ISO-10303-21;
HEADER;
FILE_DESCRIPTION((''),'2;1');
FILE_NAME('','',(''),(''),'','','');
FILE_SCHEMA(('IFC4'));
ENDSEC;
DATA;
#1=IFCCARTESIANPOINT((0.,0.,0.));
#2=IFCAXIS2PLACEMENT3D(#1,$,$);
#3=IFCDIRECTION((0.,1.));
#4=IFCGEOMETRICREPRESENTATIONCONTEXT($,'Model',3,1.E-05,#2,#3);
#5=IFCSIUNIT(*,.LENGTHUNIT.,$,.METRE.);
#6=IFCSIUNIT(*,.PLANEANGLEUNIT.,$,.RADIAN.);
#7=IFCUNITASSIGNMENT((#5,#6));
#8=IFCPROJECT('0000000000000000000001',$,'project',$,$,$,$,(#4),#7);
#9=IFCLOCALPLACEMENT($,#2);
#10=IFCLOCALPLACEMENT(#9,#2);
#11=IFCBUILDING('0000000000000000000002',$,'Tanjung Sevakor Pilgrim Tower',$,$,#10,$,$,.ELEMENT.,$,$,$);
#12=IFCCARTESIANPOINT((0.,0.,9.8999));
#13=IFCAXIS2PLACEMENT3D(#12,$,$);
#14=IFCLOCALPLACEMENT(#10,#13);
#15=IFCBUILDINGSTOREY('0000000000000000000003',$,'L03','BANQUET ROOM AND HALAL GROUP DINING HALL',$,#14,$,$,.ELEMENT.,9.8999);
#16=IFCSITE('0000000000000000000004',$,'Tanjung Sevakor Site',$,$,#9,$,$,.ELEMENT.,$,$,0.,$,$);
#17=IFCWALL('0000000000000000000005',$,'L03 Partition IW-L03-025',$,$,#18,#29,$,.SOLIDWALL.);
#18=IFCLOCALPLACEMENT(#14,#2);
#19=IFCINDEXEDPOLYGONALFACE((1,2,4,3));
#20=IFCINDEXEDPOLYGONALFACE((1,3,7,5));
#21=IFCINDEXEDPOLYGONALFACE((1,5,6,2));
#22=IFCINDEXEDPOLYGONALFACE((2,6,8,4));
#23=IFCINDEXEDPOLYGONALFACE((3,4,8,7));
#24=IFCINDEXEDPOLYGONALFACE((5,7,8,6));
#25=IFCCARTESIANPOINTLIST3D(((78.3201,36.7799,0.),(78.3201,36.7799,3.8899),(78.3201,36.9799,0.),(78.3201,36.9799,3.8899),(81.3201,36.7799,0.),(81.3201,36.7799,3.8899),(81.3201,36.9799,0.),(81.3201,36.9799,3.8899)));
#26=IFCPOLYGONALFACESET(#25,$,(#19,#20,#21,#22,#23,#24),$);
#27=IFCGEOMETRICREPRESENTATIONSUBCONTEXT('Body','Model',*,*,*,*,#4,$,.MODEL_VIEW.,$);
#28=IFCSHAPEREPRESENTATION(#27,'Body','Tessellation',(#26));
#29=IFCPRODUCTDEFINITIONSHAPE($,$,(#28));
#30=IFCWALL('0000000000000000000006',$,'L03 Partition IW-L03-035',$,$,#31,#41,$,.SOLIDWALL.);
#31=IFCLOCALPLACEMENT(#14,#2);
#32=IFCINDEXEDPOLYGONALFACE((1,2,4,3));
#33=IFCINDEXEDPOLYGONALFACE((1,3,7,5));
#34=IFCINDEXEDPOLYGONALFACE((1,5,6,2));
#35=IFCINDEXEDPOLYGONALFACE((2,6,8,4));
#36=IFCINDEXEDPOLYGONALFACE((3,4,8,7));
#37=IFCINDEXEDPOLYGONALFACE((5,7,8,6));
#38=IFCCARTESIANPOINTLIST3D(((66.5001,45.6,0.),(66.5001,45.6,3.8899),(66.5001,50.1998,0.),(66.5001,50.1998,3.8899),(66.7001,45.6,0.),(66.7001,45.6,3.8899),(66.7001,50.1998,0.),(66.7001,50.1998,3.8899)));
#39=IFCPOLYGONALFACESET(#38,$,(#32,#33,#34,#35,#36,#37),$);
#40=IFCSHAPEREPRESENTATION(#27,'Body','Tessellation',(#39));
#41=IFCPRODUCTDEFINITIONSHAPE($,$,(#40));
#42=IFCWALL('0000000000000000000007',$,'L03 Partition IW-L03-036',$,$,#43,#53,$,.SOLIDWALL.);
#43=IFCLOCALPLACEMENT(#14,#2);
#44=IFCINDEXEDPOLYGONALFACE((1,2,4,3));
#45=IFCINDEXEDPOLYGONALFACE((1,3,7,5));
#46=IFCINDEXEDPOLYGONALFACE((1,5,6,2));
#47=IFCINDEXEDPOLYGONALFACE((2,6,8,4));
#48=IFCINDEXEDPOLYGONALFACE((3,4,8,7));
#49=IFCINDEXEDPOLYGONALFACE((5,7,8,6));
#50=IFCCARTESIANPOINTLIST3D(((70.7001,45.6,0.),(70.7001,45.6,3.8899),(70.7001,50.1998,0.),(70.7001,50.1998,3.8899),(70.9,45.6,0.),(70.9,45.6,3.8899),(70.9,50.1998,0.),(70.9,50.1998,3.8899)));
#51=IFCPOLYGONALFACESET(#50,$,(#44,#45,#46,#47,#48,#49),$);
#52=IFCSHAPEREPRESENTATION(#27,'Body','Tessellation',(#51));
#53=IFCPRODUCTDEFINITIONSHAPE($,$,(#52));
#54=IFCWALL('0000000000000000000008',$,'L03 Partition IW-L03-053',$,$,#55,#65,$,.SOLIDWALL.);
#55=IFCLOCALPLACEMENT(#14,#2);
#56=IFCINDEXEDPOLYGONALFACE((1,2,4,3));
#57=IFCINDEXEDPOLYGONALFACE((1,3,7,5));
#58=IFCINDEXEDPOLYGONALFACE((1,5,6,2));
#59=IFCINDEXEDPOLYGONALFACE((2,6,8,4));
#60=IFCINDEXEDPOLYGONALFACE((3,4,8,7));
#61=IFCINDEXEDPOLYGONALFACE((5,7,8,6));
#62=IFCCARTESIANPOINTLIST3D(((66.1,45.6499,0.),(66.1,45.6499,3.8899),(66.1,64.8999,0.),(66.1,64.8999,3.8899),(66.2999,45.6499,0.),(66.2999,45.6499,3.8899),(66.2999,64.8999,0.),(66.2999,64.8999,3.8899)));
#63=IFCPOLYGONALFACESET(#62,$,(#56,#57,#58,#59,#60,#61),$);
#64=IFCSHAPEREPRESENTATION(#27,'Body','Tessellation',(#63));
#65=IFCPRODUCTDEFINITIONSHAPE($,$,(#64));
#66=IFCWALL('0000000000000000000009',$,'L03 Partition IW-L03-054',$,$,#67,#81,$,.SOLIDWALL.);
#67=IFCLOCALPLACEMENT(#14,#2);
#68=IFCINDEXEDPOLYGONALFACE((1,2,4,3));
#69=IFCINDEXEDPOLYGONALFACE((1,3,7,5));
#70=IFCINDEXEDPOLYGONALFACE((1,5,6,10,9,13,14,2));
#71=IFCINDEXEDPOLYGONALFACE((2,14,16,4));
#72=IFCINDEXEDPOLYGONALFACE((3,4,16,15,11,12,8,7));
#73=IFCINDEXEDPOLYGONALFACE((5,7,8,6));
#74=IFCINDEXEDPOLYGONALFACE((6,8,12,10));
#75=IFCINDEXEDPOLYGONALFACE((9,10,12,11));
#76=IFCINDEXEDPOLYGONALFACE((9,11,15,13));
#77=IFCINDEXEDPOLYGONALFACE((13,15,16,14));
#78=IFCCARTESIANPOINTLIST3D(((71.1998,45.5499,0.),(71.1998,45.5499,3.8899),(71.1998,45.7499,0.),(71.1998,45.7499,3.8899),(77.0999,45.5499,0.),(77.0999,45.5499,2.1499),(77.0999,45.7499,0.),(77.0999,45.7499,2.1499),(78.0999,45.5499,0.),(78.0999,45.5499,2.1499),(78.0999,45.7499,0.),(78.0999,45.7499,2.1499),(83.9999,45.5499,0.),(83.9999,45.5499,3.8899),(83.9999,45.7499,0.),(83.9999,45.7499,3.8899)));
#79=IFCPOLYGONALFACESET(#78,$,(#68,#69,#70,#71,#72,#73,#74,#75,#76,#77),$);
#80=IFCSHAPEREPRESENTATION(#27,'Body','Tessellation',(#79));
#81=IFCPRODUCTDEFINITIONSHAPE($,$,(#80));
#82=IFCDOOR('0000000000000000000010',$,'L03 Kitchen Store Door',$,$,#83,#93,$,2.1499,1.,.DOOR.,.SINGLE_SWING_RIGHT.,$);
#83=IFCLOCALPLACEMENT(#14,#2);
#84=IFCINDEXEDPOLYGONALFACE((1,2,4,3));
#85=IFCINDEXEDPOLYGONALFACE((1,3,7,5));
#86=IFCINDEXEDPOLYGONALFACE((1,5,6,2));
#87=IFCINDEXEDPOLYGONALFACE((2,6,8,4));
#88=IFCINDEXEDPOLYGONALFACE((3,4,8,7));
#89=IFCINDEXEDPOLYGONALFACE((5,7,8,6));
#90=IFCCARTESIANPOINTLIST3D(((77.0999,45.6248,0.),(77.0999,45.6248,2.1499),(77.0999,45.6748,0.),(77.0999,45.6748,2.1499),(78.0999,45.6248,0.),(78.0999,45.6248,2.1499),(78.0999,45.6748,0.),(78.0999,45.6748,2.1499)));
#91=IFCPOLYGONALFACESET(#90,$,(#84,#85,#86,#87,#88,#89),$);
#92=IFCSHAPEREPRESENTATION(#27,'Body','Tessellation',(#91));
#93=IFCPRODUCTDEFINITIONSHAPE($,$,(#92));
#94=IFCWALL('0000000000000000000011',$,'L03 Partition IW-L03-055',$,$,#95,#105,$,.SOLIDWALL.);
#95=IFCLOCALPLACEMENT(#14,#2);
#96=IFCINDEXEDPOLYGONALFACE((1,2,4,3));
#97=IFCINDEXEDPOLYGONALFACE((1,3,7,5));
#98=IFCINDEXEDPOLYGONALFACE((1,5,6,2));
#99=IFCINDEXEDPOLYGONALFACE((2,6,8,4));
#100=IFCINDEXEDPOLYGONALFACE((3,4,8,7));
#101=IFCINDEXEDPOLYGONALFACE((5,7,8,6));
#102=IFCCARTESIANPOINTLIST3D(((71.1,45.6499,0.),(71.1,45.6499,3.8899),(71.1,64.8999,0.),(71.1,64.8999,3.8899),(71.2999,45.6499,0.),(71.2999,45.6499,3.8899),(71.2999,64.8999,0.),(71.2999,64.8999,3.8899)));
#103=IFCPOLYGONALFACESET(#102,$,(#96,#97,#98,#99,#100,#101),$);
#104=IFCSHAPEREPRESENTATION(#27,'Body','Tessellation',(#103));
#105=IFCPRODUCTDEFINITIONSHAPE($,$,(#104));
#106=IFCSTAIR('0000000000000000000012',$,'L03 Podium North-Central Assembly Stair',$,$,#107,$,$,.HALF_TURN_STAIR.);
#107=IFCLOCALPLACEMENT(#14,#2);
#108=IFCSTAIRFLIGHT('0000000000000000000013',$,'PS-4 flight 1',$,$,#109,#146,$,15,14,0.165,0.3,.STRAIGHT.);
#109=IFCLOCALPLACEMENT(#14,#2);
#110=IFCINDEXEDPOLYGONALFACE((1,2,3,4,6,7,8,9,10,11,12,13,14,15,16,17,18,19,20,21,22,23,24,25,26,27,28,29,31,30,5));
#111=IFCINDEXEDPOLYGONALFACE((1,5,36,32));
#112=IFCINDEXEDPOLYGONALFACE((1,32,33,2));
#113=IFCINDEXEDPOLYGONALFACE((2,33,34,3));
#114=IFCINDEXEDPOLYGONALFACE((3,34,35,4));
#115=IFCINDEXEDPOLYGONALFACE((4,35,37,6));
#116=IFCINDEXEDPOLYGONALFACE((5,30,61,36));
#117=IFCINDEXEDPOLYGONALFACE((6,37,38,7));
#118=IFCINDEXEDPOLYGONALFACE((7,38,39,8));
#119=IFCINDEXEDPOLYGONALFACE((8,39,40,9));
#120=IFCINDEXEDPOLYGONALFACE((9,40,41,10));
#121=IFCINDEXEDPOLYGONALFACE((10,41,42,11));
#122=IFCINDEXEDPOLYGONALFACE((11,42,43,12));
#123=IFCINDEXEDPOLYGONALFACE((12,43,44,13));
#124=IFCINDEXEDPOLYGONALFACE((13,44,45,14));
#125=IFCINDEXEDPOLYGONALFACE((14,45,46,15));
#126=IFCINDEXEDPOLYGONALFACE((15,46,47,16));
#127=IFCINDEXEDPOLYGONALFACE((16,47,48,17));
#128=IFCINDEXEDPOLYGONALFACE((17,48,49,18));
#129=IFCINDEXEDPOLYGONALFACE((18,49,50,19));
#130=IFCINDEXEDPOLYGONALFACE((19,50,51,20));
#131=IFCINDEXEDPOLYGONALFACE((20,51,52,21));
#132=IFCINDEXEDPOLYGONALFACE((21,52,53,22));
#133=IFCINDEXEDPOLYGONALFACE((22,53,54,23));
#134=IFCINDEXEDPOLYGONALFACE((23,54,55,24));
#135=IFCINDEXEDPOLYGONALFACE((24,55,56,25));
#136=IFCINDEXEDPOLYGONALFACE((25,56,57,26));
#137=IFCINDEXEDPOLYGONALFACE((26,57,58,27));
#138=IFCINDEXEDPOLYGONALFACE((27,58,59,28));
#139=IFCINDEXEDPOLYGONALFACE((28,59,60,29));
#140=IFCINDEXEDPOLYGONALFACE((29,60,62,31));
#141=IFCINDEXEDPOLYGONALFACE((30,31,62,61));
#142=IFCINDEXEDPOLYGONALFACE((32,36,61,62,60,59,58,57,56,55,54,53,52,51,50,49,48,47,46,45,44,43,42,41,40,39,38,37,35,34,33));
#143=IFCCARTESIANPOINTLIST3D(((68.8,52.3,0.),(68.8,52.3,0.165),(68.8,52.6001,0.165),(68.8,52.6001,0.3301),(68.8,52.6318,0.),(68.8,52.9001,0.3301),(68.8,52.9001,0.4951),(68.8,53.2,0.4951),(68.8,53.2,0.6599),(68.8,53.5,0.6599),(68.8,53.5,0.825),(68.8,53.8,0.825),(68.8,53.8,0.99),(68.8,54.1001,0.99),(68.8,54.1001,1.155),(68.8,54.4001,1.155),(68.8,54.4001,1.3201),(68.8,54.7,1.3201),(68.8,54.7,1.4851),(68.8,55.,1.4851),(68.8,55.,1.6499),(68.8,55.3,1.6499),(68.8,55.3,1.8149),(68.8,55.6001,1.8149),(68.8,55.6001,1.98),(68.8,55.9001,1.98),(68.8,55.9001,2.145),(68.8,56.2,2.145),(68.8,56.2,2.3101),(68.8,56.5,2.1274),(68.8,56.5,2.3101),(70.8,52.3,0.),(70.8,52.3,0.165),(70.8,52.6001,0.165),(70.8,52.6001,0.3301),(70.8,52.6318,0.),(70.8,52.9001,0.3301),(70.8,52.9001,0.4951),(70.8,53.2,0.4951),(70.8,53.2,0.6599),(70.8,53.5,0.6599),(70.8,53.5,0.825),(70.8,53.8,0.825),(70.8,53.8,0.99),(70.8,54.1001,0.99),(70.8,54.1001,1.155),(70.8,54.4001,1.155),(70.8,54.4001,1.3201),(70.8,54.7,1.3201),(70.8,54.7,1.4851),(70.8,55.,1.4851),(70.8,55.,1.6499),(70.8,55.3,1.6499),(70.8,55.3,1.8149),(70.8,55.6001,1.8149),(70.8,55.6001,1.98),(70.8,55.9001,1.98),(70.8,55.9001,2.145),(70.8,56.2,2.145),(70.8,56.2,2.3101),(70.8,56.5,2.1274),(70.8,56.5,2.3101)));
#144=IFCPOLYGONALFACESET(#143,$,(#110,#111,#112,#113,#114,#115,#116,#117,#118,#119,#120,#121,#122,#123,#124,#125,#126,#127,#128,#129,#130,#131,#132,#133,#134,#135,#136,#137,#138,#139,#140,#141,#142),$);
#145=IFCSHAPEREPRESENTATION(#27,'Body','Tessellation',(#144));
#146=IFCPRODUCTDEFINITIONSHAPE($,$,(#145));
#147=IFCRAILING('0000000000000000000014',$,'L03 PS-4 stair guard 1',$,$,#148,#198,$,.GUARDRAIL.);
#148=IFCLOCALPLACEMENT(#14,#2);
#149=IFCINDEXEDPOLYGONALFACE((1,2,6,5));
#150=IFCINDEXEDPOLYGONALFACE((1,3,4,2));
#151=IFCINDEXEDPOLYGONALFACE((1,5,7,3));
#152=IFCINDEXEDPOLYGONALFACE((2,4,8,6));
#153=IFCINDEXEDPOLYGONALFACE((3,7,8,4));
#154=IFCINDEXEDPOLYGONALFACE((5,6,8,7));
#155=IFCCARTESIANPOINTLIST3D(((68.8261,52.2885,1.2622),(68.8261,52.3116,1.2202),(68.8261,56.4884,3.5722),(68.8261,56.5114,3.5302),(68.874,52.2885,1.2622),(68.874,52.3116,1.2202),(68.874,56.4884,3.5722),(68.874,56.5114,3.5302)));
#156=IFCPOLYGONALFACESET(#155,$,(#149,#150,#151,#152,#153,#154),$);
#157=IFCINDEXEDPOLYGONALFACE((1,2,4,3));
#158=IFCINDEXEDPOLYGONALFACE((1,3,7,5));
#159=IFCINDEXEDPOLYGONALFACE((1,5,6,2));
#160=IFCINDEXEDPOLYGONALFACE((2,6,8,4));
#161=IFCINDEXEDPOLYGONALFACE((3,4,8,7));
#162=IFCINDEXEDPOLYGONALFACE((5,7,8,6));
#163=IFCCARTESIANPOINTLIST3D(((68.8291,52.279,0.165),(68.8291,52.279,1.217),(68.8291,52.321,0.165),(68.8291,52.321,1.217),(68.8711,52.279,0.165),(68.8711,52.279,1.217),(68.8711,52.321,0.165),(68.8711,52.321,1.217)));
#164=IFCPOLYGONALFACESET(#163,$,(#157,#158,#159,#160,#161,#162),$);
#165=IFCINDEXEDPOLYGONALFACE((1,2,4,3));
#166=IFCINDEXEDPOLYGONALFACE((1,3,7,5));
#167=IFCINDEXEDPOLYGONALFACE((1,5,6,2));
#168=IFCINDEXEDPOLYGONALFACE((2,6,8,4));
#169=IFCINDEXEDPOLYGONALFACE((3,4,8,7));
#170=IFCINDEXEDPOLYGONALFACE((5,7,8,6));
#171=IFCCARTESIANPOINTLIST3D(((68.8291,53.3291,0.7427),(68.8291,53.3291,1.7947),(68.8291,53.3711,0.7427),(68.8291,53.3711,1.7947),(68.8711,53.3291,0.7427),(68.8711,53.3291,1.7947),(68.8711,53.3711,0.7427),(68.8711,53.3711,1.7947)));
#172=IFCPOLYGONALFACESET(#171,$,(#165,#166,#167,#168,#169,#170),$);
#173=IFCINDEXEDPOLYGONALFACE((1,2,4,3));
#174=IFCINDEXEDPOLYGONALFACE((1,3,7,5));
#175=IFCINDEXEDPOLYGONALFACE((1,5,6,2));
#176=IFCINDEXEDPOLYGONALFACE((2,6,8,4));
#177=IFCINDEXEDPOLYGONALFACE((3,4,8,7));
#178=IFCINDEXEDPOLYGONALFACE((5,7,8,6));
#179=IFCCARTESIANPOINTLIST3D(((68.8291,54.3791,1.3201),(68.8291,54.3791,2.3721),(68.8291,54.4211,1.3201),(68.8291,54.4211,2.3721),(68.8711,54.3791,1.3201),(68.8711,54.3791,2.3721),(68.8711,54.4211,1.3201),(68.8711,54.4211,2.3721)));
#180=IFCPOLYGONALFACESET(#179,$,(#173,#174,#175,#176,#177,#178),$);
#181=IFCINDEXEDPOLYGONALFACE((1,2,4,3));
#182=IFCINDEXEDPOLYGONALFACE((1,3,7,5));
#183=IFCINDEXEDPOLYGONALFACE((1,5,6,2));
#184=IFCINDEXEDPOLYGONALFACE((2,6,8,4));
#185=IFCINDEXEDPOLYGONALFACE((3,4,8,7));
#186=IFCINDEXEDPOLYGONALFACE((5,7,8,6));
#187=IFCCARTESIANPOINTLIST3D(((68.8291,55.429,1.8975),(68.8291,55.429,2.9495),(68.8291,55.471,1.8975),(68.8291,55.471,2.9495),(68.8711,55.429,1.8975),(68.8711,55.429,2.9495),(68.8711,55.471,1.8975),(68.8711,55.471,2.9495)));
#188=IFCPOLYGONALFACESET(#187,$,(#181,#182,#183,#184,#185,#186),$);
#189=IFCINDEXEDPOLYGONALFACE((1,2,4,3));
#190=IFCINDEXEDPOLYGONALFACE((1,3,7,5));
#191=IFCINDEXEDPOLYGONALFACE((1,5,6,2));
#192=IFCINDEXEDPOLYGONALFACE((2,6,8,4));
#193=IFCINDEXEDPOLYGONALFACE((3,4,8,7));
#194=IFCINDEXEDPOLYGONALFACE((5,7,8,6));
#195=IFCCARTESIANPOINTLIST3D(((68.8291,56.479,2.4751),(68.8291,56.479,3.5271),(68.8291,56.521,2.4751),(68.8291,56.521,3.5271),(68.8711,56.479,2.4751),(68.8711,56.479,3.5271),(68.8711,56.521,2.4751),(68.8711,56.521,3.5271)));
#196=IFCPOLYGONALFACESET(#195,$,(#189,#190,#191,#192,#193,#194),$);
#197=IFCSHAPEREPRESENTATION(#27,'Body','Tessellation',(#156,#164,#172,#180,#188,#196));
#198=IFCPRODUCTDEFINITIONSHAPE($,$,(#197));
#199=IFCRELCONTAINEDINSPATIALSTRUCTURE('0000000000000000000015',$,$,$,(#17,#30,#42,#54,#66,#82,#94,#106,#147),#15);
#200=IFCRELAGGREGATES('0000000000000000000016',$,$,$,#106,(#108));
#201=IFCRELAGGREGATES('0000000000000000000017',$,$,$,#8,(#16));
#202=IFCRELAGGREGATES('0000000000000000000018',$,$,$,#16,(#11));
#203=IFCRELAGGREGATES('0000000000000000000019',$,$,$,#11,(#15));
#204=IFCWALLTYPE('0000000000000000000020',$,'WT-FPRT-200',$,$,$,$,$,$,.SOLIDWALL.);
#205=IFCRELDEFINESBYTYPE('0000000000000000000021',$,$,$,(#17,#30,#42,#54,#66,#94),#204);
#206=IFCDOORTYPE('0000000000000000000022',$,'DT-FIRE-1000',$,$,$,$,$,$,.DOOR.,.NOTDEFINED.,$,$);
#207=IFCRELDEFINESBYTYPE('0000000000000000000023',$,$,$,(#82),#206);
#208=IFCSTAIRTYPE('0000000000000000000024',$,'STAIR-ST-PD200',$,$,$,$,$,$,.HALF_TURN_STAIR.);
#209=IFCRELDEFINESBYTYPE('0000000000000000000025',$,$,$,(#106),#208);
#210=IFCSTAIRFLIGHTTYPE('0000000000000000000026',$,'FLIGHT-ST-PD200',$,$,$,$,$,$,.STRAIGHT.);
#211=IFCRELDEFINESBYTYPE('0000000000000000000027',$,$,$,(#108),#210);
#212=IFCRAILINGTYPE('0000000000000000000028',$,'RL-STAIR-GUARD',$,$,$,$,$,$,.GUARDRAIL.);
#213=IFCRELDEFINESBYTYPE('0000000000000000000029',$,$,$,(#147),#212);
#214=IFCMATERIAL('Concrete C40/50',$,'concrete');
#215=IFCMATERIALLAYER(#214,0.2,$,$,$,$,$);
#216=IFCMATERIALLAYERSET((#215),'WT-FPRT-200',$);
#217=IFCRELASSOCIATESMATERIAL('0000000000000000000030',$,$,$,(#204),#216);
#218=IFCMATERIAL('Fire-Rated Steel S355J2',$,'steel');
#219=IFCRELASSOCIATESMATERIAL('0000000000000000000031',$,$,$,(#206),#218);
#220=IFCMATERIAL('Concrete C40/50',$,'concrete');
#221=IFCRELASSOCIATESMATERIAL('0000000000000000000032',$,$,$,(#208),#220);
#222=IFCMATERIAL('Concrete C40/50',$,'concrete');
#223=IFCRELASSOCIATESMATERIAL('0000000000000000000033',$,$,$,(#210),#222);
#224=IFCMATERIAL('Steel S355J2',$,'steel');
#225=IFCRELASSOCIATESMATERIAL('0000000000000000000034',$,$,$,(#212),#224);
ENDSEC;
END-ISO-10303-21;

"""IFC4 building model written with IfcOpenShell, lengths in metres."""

from ifc_helpers import new_model, si_unit, direction, frame, frame_2d, origin, place, context, subcontext, project, spatial, polyline, rectangle, outline, extrude, material, layer, layer_set, type_object, element, fill, aggregate, save


model = new_model("IFC4")

# Units and contexts
model_context = context("Model", 3, precision=1e-05, world=origin(), true_north=direction((0.0, 1.0)))
body_context = subcontext(model_context, "Body", "Model", "MODEL_VIEW")
ifc_project = project(units=[si_unit("LENGTHUNIT", "METRE"), si_unit("PLANEANGLEUNIT", "RADIAN")], contexts=[model_context])

# Site, building, storey
site_placement = place(None, origin())
site = spatial("IfcSite", under=ifc_project, at=site_placement, Name="Tanjung Sevakor Site", CompositionType="ELEMENT", RefElevation=0.0)
building_placement = place(site_placement, origin())
building = spatial("IfcBuilding", under=site, at=building_placement, Name="Tanjung Sevakor Pilgrim Tower", CompositionType="ELEMENT")
storey_placement = place(building_placement, frame((0.0, 0.0, 9.8999)))
storey = spatial("IfcBuildingStorey", under=building, at=storey_placement, Name="L03", Description="BANQUET ROOM AND HALAL GROUP DINING HALL", CompositionType="ELEMENT", Elevation=9.8999)

# Walls
ifc_material_1 = material(Name="Concrete C40/50", Category="concrete")
ifc_layer_1 = layer(ifc_material_1, 0.2)
ifc_layer_set_1 = layer_set([ifc_layer_1], Name="WT-FPRT-200")
wall_type_1 = type_object("IfcWallType", Name="WT-FPRT-200", PredefinedType="SOLIDWALL", material=ifc_layer_set_1)
wall_1_placement = place(storey_placement, frame((78.3201, 36.8799, 0.0), z_axis=(0.0, 0.0, 1.0), x_axis=(1.0, 0.0, 0.0)))
element("IfcWall", 1, at=wall_1_placement, inside=storey, type_object=wall_type_1, Name="L03 Partition IW-L03-025", PredefinedType="SOLIDWALL", context=body_context, shape_type="SweptSolid", body=[
    extrude(rectangle(XDim=3.0, YDim=0.2, at=frame_2d((1.5, 0.0))), origin(), (0.0, 0.0, 1.0), 3.8899),
])
for number, where, z_axis, x_axis, name in (
    (2, (66.6001, 45.6001, 0.0), (0.0, 0.0, 1.0), (0.0, 1.0, 0.0), "L03 Partition IW-L03-035"),
    (3, (70.8, 45.6001, 0.0), (0.0, 0.0, 1.0), (0.0, 1.0, 0.0), "L03 Partition IW-L03-036"),
):
    element("IfcWall", number, at=place(storey_placement, frame(where, z_axis=z_axis, x_axis=x_axis)), inside=storey, type_object=wall_type_1, Name=name, PredefinedType="SOLIDWALL", context=body_context, shape_type="SweptSolid", body=[
        extrude(rectangle(XDim=4.5999, YDim=0.2, at=frame_2d((2.2998, 0.0))), origin(), (0.0, 0.0, 1.0), 3.8899),
    ])
wall_2_placement = place(storey_placement, frame((66.2, 45.6499, 0.0), z_axis=(0.0, 0.0, 1.0), x_axis=(0.0, 1.0, 0.0)))
element("IfcWall", 4, at=wall_2_placement, inside=storey, type_object=wall_type_1, Name="L03 Partition IW-L03-053", PredefinedType="SOLIDWALL", context=body_context, shape_type="SweptSolid", body=[
    extrude(rectangle(XDim=19.25, YDim=0.2, at=frame_2d((9.625, 0.0))), origin(), (0.0, 0.0, 1.0), 3.8899),
])

# Wall, opening, door
wall_3_placement = place(storey_placement, frame((71.2, 45.6499, 0.0), z_axis=(0.0, 0.0, 1.0), x_axis=(1.0, 0.0, 0.0)))
wall_3 = element("IfcWall", 5, at=wall_3_placement, inside=storey, type_object=wall_type_1, Name="L03 Partition IW-L03-054", PredefinedType="SOLIDWALL", context=body_context, shape_type="SweptSolid", body=[
    extrude(rectangle(XDim=12.8, YDim=0.2, at=frame_2d((6.3999, 0.0))), origin(), (0.0, 0.0, 1.0), 3.8899),
])
opening_1_placement = place(wall_3_placement, frame((5.8999, 0.0, 0.0)))
opening_1 = element("IfcOpeningElement", 6, at=opening_1_placement, cuts=wall_3, PredefinedType="OPENING", context=body_context, shape_type="SweptSolid", body=[
    extrude(rectangle(XDim=1.0, YDim=2.1499, at=frame_2d((0.5, 1.075))), frame((0.0, 0.1099, 0.0), z_axis=(0.0, -1.0, 0.0), x_axis=(1.0, 0.0, 0.0)), (0.0, 0.0, 1.0), 0.22),
])
ifc_material_2 = material(Name="Fire-Rated Steel S355J2", Category="steel")
door_type_1 = type_object("IfcDoorType", Name="DT-FIRE-1000", OperationType="NOTDEFINED", PredefinedType="DOOR", material=ifc_material_2)
door_1_placement = place(opening_1_placement, origin())
door_1 = element("IfcDoor", 7, at=door_1_placement, inside=storey, type_object=door_type_1, Name="L03 Kitchen Store Door", OperationType="SINGLE_SWING_RIGHT", OverallHeight=2.1499, OverallWidth=1.0, PredefinedType="DOOR", context=body_context, shape_type="SweptSolid", body=[
    extrude(rectangle(XDim=1.0, YDim=2.1499, at=frame_2d((0.5, 1.075))), frame((0.0, 0.0249, 0.0), z_axis=(0.0, -1.0, 0.0), x_axis=(1.0, 0.0, 0.0)), (0.0, 0.0, 1.0), 0.05),
])
fill(opening_1, door_1)

# Wall
wall_4_placement = place(storey_placement, frame((71.2, 45.6499, 0.0), z_axis=(0.0, 0.0, 1.0), x_axis=(0.0, 1.0, 0.0)))
element("IfcWall", 8, at=wall_4_placement, inside=storey, type_object=wall_type_1, Name="L03 Partition IW-L03-055", PredefinedType="SOLIDWALL", context=body_context, shape_type="SweptSolid", body=[
    extrude(rectangle(XDim=19.25, YDim=0.2, at=frame_2d((9.625, 0.0))), origin(), (0.0, 0.0, 1.0), 3.8899),
])

# Stair, stair flight
ifc_material_3 = material(Name="Concrete C40/50", Category="concrete")
stair_type = type_object("IfcStairType", Name="STAIR-ST-PD200", PredefinedType="HALF_TURN_STAIR", material=ifc_material_3)
stair_placement = place(storey_placement, origin())
stair = element("IfcStair", 9, at=stair_placement, inside=storey, type_object=stair_type, Name="L03 Podium North-Central Assembly Stair", PredefinedType="HALF_TURN_STAIR")
ifc_material_4 = material(Name="Concrete C40/50", Category="concrete")
stair_flight_type = type_object("IfcStairFlightType", Name="FLIGHT-ST-PD200", PredefinedType="STRAIGHT", material=ifc_material_4)
stair_flight_placement = place(storey_placement, frame((69.8, 52.3, 0.0), z_axis=(0.0, 0.0, 1.0), x_axis=(0.0, 1.0, 0.0)))
stair_flight = element("IfcStairFlight", 10, at=stair_flight_placement, type_object=stair_flight_type, Name="PS-4 flight 1", NumberOfRisers=15, NumberOfTreads=14, PredefinedType="STRAIGHT", RiserHeight=0.165, TreadLength=0.3, context=body_context, shape_type="SweptSolid", body=[
    extrude(outline(polyline([(0.0, 0.0), (0.0, 0.165), (0.3, 0.165), (0.3, 0.3301), (0.6001, 0.3301), (0.6001, 0.4951), (0.8999, 0.4951), (0.8999, 0.6599), (1.2, 0.6599), (1.2, 0.825), (1.5, 0.825), (1.5, 0.99), (1.8, 0.99), (1.8, 1.155), (2.1001, 1.155), (2.1001, 1.3201), (2.3999, 1.3201), (2.3999, 1.4851), (2.7, 1.4851), (2.7, 1.6499), (3.0, 1.6499), (3.0, 1.8149), (3.3, 1.8149), (3.3, 1.98), (3.6001, 1.98), (3.6001, 2.145), (3.8999, 2.145), (3.8999, 2.3101), (4.2, 2.3101), (4.2, 2.4751), (4.2, 2.1274), (0.3318, 0.0), (0.0, 0.0)])), frame((0.0, 1.0, 0.0), z_axis=(0.0, -1.0, 0.0), x_axis=(1.0, 0.0, 0.0)), (0.0, 0.0, 1.0), 2.0),
])
aggregate(stair, [stair_flight])

# Railing
ifc_material_5 = material(Name="Steel S355J2", Category="steel")
railing_type_1 = type_object("IfcRailingType", Name="RL-STAIR-GUARD", PredefinedType="GUARDRAIL", material=ifc_material_5)
railing_1_placement = place(storey_placement, frame((68.8501, 52.3, 0.165)))
element("IfcRailing", 11, at=railing_1_placement, inside=storey, type_object=railing_type_1, Name="L03 PS-4 stair guard 1", PredefinedType="GUARDRAIL", context=body_context, shape_type="SweptSolid", body=[
    extrude(rectangle(XDim=0.0479, YDim=0.0479), frame((0.0, 0.0, 1.0762), z_axis=(0.0, 0.876208, 0.481932), x_axis=(-1.0, 0.0, 0.0)), (0.0, 0.0, 1.0), 4.7932),
    extrude(rectangle(XDim=0.042, YDim=0.042), origin(), (0.0, 0.0, 1.0), 1.052),
    extrude(rectangle(XDim=0.042, YDim=0.042), frame((0.0, 1.05, 0.5776)), (0.0, 0.0, 1.0), 1.052),
    extrude(rectangle(XDim=0.042, YDim=0.042), frame((0.0, 2.1001, 1.155)), (0.0, 0.0, 1.0), 1.052),
    extrude(rectangle(XDim=0.042, YDim=0.042), frame((0.0, 3.1499, 1.7324)), (0.0, 0.0, 1.0), 1.052),
    extrude(rectangle(XDim=0.042, YDim=0.042), frame((0.0, 4.2, 2.3101)), (0.0, 0.0, 1.0), 1.052),
])

save(model, "model.ifc")
